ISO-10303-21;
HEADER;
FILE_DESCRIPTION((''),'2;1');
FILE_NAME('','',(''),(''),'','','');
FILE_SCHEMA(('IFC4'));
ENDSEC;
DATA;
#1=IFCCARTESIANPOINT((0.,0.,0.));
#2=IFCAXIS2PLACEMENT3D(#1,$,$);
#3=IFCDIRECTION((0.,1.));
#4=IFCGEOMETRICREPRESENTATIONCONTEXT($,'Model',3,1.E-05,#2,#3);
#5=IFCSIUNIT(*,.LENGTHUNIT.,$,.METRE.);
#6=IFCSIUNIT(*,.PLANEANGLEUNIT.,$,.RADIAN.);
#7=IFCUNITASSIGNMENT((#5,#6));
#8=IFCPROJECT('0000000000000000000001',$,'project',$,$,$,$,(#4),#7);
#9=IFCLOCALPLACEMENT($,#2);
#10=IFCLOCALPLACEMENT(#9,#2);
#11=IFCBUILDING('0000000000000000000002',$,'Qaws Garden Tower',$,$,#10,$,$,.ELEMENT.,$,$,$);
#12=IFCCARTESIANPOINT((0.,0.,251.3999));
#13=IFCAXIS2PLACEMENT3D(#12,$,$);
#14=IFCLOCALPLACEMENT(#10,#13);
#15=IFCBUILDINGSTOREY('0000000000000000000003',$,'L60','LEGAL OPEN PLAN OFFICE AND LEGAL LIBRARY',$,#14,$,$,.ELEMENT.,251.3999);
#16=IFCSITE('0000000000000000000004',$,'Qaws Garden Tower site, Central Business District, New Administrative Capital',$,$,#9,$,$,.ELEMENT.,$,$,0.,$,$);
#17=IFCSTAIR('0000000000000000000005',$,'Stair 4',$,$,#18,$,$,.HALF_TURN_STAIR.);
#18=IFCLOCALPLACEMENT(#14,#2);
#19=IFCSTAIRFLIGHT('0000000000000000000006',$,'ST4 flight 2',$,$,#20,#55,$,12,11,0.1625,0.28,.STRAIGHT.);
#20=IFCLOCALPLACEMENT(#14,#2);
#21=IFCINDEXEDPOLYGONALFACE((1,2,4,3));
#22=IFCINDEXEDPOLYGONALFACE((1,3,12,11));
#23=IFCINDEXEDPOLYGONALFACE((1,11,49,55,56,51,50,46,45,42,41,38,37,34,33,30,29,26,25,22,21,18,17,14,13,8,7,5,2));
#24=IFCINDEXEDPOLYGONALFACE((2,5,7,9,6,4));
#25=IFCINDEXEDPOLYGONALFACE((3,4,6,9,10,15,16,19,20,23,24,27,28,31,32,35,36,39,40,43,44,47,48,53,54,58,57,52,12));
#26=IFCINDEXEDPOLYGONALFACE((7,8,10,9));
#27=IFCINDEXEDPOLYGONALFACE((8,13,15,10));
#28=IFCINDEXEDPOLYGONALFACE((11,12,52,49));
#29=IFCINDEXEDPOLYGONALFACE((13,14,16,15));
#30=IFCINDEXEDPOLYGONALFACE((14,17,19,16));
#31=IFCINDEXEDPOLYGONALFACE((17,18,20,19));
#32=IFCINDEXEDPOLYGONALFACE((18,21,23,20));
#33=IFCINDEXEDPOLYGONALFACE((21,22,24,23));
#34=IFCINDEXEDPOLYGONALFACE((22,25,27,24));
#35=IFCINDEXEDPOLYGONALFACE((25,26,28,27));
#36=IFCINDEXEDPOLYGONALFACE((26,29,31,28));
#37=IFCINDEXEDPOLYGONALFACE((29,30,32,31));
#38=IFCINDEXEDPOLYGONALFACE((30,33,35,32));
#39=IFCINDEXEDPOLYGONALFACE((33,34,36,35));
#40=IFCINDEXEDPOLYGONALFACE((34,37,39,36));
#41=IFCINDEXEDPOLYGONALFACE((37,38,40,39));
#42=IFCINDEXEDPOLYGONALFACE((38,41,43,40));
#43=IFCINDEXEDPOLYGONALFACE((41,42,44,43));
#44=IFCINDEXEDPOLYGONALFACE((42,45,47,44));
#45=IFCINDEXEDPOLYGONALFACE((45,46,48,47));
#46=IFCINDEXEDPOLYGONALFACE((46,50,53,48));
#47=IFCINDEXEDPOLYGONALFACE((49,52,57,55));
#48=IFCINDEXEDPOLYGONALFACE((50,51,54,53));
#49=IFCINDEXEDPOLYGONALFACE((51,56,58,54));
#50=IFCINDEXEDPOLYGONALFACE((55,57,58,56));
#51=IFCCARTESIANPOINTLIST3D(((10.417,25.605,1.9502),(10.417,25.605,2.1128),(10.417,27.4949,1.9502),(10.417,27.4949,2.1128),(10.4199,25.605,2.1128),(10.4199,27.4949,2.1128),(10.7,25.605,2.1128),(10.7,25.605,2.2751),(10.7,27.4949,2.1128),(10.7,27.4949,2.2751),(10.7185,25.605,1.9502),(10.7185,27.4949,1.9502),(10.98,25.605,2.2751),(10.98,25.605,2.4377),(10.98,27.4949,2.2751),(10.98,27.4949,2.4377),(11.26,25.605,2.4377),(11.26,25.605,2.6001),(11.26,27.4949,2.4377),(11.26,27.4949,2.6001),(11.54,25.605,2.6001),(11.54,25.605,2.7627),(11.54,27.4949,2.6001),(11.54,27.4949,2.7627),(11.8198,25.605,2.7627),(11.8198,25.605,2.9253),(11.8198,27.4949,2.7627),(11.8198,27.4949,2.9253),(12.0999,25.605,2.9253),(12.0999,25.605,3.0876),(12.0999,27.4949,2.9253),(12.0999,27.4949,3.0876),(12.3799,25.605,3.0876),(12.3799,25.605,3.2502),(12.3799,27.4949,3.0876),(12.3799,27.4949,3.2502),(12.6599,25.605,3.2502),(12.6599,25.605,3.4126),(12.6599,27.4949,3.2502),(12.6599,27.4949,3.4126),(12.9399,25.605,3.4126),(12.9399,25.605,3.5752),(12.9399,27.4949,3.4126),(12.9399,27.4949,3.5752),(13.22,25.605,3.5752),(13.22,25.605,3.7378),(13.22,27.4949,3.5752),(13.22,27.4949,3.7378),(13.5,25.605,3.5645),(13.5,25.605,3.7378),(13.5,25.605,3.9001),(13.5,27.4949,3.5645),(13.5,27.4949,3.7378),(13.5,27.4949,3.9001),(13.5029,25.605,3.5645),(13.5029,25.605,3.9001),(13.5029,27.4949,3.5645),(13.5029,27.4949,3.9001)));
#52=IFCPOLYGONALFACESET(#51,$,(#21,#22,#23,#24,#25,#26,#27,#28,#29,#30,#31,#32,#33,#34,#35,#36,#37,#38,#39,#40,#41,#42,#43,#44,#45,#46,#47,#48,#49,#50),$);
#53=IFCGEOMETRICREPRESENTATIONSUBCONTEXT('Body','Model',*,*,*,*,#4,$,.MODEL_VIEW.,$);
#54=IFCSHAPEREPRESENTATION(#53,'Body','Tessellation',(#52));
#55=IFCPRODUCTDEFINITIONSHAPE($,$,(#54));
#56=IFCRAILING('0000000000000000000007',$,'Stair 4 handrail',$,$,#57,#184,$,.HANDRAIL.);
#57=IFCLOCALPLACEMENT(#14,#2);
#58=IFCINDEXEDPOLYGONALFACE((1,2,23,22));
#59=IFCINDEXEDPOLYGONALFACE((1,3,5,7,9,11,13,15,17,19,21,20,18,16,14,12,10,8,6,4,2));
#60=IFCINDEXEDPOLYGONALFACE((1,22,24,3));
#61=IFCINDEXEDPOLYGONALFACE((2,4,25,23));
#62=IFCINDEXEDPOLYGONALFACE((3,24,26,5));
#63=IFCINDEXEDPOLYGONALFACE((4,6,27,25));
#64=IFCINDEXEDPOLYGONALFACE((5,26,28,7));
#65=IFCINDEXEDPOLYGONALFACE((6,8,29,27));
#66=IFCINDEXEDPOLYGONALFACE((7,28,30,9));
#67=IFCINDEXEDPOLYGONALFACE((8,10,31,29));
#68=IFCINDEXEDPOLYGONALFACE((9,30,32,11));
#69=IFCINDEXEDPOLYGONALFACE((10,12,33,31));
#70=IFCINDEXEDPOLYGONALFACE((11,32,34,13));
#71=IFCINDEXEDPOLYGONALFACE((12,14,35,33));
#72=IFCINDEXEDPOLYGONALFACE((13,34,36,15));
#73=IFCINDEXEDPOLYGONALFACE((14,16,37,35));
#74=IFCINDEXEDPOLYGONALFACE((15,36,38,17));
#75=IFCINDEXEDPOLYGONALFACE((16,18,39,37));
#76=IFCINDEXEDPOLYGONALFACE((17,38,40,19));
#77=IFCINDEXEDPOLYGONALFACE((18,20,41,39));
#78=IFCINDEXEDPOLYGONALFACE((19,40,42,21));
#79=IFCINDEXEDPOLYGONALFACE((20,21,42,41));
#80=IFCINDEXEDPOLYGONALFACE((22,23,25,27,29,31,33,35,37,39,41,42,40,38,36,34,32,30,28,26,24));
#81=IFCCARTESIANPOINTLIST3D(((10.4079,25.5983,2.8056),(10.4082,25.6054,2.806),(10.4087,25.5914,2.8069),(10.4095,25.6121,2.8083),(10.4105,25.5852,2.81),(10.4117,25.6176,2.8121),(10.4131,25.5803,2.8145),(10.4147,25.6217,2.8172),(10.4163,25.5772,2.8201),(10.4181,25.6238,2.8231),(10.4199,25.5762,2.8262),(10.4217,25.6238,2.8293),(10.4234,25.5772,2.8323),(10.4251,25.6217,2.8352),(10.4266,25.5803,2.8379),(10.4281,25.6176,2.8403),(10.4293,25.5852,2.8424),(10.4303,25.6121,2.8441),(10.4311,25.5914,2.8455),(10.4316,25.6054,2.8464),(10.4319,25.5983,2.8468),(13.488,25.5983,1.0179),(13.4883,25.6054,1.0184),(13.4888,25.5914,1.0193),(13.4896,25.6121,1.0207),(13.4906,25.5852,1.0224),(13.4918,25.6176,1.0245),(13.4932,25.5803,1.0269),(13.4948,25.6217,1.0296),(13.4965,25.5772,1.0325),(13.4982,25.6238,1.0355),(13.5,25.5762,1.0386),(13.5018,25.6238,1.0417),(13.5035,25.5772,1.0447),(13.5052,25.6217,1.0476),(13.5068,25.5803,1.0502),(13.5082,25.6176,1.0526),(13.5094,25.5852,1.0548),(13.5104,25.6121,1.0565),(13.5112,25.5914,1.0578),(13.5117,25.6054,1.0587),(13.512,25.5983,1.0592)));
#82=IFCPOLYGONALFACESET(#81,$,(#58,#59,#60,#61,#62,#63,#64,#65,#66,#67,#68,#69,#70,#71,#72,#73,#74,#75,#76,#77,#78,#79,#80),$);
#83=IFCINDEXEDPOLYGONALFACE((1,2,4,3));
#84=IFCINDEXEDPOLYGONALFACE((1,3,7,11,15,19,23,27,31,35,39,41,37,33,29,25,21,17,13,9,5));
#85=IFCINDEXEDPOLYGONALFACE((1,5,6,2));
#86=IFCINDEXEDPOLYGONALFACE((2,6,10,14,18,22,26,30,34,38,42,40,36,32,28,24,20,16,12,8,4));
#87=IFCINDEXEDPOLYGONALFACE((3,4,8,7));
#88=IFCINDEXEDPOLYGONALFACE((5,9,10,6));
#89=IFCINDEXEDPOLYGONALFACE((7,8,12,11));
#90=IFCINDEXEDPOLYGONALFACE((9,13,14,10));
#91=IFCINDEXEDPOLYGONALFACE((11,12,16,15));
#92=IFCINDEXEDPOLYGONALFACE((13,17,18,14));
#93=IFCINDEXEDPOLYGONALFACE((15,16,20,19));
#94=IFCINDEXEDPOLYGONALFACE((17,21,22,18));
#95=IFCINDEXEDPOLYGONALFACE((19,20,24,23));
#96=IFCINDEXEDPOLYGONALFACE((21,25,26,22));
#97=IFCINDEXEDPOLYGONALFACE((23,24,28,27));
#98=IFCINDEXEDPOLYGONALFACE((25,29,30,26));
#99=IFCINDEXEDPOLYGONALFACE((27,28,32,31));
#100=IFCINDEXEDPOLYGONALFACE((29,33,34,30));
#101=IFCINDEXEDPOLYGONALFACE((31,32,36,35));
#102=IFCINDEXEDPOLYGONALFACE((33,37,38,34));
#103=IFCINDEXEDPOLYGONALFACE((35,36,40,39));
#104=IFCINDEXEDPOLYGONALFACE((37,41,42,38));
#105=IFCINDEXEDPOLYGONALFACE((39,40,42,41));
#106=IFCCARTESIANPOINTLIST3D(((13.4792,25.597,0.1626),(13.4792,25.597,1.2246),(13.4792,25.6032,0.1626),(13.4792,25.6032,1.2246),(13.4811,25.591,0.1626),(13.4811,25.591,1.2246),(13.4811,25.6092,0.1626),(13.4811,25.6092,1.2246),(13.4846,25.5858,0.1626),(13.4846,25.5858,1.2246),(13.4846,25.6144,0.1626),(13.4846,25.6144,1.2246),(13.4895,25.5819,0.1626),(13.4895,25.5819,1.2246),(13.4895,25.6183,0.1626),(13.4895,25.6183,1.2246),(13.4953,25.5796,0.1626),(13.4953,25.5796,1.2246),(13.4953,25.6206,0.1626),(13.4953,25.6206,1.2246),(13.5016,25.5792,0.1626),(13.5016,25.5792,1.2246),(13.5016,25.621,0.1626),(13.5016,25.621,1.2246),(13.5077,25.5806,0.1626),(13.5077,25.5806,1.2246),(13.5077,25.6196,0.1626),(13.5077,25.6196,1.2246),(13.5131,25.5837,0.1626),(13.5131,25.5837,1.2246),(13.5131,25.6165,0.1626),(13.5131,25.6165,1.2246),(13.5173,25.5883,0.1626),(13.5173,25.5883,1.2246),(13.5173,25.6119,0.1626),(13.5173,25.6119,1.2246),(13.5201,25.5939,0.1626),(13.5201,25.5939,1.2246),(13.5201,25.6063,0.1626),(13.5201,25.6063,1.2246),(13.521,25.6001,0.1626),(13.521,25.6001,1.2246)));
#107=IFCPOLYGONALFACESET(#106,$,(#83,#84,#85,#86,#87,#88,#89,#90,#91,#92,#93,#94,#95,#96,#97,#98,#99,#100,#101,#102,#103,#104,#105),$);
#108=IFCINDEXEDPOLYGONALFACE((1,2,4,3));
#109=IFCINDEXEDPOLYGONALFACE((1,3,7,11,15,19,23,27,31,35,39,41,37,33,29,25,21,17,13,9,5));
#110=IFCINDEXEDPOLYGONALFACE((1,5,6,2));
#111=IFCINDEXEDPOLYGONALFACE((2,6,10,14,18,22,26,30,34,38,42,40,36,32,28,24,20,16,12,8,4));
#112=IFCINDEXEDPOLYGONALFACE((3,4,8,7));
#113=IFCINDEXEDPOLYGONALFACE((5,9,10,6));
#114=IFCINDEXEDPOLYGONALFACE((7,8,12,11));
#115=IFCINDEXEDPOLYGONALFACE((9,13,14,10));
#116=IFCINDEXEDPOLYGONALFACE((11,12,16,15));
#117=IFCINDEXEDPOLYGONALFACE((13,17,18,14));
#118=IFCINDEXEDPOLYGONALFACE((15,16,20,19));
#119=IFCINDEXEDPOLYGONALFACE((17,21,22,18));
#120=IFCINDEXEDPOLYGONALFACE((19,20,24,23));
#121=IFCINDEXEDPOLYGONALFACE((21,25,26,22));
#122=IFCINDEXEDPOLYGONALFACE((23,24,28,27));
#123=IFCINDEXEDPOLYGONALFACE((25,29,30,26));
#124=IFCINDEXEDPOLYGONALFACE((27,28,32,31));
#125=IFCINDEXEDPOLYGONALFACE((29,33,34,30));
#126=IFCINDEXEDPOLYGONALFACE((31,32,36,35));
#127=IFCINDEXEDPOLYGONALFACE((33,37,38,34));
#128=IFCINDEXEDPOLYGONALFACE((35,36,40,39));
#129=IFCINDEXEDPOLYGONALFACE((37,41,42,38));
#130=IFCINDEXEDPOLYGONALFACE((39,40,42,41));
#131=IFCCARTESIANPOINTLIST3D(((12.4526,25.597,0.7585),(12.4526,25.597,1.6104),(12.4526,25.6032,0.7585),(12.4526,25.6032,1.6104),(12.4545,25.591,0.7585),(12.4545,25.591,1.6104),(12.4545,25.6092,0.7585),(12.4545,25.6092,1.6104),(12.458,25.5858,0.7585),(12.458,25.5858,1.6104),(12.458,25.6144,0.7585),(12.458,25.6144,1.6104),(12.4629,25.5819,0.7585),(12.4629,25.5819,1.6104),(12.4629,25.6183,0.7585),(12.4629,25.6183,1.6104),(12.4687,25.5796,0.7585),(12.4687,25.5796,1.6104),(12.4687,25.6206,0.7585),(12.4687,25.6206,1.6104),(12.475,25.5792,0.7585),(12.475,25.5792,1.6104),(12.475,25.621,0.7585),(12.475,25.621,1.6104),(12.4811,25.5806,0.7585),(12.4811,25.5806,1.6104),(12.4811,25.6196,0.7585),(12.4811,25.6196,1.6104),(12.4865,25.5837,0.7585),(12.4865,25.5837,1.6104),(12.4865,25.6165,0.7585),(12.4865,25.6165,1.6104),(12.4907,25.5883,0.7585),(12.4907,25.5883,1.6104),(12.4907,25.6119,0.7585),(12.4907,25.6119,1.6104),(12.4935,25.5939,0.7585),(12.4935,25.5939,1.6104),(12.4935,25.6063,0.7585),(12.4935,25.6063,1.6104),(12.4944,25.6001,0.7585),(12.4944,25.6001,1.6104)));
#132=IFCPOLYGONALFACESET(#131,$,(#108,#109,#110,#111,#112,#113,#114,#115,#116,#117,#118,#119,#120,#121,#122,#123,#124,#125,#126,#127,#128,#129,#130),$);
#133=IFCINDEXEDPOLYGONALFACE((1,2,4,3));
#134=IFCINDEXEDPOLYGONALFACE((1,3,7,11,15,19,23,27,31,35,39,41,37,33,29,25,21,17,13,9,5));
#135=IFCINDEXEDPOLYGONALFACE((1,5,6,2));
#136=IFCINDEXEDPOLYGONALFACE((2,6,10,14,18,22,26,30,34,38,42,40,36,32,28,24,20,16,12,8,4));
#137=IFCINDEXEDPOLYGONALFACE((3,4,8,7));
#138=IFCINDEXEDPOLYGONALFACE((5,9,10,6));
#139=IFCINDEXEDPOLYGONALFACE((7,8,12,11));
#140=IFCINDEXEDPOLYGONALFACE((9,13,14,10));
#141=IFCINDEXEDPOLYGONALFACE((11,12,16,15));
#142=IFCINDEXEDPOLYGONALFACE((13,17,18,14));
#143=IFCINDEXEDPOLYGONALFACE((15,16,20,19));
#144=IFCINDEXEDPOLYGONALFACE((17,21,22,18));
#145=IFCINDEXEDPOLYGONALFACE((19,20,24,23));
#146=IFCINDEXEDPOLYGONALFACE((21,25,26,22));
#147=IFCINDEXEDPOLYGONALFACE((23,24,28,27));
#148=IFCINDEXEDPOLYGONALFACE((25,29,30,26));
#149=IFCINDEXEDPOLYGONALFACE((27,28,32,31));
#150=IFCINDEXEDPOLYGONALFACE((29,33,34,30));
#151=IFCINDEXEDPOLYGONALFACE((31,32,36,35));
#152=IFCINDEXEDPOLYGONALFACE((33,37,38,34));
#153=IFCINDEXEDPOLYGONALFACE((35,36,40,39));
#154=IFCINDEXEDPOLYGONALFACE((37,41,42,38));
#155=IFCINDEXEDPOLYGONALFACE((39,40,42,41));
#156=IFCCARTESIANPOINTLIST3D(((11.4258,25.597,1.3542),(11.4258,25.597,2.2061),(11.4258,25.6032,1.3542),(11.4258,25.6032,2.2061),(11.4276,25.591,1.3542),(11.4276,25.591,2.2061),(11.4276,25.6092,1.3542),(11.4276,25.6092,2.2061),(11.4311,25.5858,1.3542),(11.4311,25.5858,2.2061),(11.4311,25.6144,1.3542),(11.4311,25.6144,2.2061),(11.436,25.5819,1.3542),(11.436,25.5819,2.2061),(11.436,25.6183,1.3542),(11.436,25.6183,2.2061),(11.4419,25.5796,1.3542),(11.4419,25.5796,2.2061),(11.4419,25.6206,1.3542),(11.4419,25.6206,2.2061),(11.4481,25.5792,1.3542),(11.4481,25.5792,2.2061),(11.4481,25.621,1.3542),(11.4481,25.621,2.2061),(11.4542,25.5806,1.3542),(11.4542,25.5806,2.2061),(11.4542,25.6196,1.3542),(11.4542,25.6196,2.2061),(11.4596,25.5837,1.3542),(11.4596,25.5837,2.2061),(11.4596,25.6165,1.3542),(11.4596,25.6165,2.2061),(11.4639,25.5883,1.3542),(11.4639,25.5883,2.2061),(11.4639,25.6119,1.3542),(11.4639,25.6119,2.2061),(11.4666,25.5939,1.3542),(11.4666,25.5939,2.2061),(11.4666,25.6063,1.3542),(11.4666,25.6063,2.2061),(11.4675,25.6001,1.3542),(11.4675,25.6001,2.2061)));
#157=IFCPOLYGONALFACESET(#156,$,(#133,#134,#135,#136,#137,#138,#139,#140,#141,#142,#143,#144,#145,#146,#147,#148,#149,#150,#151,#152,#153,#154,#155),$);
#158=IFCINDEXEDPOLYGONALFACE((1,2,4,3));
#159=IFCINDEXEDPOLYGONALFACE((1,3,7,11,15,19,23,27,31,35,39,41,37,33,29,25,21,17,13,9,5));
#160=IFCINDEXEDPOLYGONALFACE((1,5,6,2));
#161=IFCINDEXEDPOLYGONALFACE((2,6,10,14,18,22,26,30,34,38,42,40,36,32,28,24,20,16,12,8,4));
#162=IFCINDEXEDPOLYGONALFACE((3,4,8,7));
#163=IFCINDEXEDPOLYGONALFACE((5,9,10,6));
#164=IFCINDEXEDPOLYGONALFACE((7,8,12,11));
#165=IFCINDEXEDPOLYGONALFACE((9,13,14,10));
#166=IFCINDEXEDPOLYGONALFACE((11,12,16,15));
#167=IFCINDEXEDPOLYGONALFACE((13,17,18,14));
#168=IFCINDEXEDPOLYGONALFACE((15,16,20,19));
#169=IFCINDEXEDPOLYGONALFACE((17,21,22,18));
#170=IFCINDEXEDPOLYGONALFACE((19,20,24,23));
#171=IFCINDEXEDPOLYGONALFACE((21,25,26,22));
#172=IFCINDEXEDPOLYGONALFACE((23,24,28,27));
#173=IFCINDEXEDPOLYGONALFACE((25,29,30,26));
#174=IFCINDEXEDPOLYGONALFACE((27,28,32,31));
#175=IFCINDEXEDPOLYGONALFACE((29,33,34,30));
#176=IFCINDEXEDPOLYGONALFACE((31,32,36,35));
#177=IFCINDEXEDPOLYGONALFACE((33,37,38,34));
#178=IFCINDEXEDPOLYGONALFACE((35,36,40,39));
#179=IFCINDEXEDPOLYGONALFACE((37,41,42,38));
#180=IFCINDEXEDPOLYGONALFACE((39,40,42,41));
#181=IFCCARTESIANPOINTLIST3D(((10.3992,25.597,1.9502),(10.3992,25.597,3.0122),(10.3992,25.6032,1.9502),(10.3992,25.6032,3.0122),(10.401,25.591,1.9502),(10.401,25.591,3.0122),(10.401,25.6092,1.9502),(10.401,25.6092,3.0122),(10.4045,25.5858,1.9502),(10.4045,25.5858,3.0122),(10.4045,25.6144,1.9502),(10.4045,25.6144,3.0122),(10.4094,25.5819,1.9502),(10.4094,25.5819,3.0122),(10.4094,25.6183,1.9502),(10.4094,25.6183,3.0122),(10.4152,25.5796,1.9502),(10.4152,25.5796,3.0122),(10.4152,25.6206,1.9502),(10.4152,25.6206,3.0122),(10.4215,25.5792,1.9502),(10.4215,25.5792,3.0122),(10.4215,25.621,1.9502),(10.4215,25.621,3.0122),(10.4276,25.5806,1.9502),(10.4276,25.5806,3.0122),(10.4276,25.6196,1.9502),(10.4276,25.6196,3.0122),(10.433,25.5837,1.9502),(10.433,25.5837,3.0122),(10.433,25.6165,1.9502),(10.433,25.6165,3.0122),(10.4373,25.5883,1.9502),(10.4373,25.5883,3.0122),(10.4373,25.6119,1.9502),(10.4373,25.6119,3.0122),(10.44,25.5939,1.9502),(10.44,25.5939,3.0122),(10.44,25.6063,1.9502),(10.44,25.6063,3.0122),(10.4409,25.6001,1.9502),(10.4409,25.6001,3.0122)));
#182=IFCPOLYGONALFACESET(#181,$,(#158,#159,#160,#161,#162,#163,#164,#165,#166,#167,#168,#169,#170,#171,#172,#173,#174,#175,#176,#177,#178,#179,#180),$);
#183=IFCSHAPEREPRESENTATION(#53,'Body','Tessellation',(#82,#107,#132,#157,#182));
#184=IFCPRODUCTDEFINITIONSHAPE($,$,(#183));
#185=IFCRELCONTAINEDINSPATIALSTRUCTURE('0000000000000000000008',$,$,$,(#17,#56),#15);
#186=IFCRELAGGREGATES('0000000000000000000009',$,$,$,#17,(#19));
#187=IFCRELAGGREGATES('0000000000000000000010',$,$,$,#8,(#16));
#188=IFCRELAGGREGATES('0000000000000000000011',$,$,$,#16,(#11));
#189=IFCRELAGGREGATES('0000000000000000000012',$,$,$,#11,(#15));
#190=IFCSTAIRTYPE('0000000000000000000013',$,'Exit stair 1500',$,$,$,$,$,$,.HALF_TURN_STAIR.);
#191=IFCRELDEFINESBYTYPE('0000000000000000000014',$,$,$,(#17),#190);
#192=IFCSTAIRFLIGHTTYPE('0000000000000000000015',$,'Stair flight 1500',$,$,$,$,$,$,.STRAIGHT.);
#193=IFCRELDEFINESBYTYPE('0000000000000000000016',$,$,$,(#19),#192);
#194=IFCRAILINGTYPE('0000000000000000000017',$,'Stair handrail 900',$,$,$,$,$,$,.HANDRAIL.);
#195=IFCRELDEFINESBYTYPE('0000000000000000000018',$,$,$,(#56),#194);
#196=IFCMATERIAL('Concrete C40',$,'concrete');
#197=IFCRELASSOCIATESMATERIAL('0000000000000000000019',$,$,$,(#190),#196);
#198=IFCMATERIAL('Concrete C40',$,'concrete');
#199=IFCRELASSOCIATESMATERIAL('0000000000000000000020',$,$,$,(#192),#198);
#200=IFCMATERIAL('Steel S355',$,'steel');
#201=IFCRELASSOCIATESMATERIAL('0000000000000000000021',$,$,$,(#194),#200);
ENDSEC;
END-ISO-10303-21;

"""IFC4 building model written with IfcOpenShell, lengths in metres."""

from ifc_helpers import new_model, si_unit, direction, frame, origin, origin_2d, place, context, subcontext, project, spatial, polyline, circle, outline, extrude, material, type_object, element, aggregate, save


model = new_model("IFC4")

# Units and contexts
model_context = context("Model", 3, precision=1e-05, world=origin(), true_north=direction((0.0, 1.0)))
body_context = subcontext(model_context, "Body", "Model", "MODEL_VIEW")
ifc_project = project(units=[si_unit("LENGTHUNIT", "METRE"), si_unit("PLANEANGLEUNIT", "RADIAN")], contexts=[model_context])

# Site, building, storey
site_placement = place(None, origin())
site = spatial("IfcSite", under=ifc_project, at=site_placement, Name="Qaws Garden Tower site, Central Business District, New Administrative Capital", CompositionType="ELEMENT", RefElevation=0.0)
building_placement = place(site_placement, origin())
building = spatial("IfcBuilding", under=site, at=building_placement, Name="Qaws Garden Tower", CompositionType="ELEMENT")
storey_placement = place(building_placement, frame((0.0, 0.0, 251.3999)))
storey = spatial("IfcBuildingStorey", under=building, at=storey_placement, Name="L60", Description="LEGAL OPEN PLAN OFFICE AND LEGAL LIBRARY", CompositionType="ELEMENT", Elevation=251.3999)

# Stair, stair flight
ifc_material_1 = material(Name="Concrete C40", Category="concrete")
stair_type = type_object("IfcStairType", Name="Exit stair 1500", PredefinedType="HALF_TURN_STAIR", material=ifc_material_1)
stair_placement = place(storey_placement, origin())
stair = element("IfcStair", 1, at=stair_placement, inside=storey, type_object=stair_type, Name="Stair 4", PredefinedType="HALF_TURN_STAIR")
ifc_material_2 = material(Name="Concrete C40", Category="concrete")
stair_flight_type = type_object("IfcStairFlightType", Name="Stair flight 1500", PredefinedType="STRAIGHT", material=ifc_material_2)
stair_flight_1_placement = place(storey_placement, frame((10.4199, 26.55, 1.9502), z_axis=(0.0, 0.0, 1.0), x_axis=(1.0, 0.0, 0.0)))
stair_flight_1 = element("IfcStairFlight", 2, at=stair_flight_1_placement, type_object=stair_flight_type, Name="ST4 flight 2", NumberOfRisers=12, NumberOfTreads=11, PredefinedType="STRAIGHT", RiserHeight=0.1625, TreadLength=0.28, context=body_context, shape_type="SweptSolid", body=[
    extrude(outline(polyline([(-0.0029, 0.0), (-0.0029, 0.1626), (0.0, 0.1626), (0.28, 0.1626), (0.28, 0.325), (0.5601, 0.325), (0.5601, 0.4875), (0.8401, 0.4875), (0.8401, 0.6499), (1.1201, 0.6499), (1.1201, 0.8125), (1.3999, 0.8125), (1.3999, 0.9751), (1.6799, 0.9751), (1.6799, 1.1375), (1.96, 1.1375), (1.96, 1.3), (2.24, 1.3), (2.24, 1.4624), (2.52, 1.4624), (2.52, 1.625), (2.8, 1.625), (2.8, 1.7876), (3.0801, 1.7876), (3.0801, 1.95), (3.083, 1.95), (3.083, 1.6143), (3.0801, 1.6143), (0.2986, 0.0), (-0.0029, 0.0)])), frame((0.0, 0.9448, 0.0), z_axis=(0.0, -1.0, 0.0), x_axis=(1.0, 0.0, 0.0)), (0.0, 0.0, 1.0), 1.8899),
])
aggregate(stair, [stair_flight_1])

# Railing
ifc_material_3 = material(Name="Steel S355", Category="steel")
railing_type = type_object("IfcRailingType", Name="Stair handrail 900", PredefinedType="HANDRAIL", material=ifc_material_3)
railing_1_placement = place(storey_placement, frame((13.5, 25.6001, 0.1626)))
element("IfcRailing", 3, at=railing_1_placement, inside=storey, type_object=railing_type, Name="Stair 4 handrail", PredefinedType="HANDRAIL", context=body_context, shape_type="SweptSolid", body=[
    extrude(circle(Radius=0.0239, at=origin_2d()), frame((0.0, 0.0, 0.876), z_axis=(-0.864891, 0.0, 0.50196), x_axis=(0.0, -1.0, 0.0)), (0.0, 0.0, 1.0), 3.5613),
    extrude(circle(Radius=0.021, at=origin_2d()), origin(), (0.0, 0.0, 1.0), 1.062),
    extrude(circle(Radius=0.021, at=origin_2d()), frame((-1.0266, 0.0, 0.5959)), (0.0, 0.0, 1.0), 0.8518),
    extrude(circle(Radius=0.021, at=origin_2d()), frame((-2.0535, 0.0, 1.1917)), (0.0, 0.0, 1.0), 0.8518),
    extrude(circle(Radius=0.021, at=origin_2d()), frame((-3.0801, 0.0, 1.7876)), (0.0, 0.0, 1.0), 1.062),
])

save(model, "model.ifc")
